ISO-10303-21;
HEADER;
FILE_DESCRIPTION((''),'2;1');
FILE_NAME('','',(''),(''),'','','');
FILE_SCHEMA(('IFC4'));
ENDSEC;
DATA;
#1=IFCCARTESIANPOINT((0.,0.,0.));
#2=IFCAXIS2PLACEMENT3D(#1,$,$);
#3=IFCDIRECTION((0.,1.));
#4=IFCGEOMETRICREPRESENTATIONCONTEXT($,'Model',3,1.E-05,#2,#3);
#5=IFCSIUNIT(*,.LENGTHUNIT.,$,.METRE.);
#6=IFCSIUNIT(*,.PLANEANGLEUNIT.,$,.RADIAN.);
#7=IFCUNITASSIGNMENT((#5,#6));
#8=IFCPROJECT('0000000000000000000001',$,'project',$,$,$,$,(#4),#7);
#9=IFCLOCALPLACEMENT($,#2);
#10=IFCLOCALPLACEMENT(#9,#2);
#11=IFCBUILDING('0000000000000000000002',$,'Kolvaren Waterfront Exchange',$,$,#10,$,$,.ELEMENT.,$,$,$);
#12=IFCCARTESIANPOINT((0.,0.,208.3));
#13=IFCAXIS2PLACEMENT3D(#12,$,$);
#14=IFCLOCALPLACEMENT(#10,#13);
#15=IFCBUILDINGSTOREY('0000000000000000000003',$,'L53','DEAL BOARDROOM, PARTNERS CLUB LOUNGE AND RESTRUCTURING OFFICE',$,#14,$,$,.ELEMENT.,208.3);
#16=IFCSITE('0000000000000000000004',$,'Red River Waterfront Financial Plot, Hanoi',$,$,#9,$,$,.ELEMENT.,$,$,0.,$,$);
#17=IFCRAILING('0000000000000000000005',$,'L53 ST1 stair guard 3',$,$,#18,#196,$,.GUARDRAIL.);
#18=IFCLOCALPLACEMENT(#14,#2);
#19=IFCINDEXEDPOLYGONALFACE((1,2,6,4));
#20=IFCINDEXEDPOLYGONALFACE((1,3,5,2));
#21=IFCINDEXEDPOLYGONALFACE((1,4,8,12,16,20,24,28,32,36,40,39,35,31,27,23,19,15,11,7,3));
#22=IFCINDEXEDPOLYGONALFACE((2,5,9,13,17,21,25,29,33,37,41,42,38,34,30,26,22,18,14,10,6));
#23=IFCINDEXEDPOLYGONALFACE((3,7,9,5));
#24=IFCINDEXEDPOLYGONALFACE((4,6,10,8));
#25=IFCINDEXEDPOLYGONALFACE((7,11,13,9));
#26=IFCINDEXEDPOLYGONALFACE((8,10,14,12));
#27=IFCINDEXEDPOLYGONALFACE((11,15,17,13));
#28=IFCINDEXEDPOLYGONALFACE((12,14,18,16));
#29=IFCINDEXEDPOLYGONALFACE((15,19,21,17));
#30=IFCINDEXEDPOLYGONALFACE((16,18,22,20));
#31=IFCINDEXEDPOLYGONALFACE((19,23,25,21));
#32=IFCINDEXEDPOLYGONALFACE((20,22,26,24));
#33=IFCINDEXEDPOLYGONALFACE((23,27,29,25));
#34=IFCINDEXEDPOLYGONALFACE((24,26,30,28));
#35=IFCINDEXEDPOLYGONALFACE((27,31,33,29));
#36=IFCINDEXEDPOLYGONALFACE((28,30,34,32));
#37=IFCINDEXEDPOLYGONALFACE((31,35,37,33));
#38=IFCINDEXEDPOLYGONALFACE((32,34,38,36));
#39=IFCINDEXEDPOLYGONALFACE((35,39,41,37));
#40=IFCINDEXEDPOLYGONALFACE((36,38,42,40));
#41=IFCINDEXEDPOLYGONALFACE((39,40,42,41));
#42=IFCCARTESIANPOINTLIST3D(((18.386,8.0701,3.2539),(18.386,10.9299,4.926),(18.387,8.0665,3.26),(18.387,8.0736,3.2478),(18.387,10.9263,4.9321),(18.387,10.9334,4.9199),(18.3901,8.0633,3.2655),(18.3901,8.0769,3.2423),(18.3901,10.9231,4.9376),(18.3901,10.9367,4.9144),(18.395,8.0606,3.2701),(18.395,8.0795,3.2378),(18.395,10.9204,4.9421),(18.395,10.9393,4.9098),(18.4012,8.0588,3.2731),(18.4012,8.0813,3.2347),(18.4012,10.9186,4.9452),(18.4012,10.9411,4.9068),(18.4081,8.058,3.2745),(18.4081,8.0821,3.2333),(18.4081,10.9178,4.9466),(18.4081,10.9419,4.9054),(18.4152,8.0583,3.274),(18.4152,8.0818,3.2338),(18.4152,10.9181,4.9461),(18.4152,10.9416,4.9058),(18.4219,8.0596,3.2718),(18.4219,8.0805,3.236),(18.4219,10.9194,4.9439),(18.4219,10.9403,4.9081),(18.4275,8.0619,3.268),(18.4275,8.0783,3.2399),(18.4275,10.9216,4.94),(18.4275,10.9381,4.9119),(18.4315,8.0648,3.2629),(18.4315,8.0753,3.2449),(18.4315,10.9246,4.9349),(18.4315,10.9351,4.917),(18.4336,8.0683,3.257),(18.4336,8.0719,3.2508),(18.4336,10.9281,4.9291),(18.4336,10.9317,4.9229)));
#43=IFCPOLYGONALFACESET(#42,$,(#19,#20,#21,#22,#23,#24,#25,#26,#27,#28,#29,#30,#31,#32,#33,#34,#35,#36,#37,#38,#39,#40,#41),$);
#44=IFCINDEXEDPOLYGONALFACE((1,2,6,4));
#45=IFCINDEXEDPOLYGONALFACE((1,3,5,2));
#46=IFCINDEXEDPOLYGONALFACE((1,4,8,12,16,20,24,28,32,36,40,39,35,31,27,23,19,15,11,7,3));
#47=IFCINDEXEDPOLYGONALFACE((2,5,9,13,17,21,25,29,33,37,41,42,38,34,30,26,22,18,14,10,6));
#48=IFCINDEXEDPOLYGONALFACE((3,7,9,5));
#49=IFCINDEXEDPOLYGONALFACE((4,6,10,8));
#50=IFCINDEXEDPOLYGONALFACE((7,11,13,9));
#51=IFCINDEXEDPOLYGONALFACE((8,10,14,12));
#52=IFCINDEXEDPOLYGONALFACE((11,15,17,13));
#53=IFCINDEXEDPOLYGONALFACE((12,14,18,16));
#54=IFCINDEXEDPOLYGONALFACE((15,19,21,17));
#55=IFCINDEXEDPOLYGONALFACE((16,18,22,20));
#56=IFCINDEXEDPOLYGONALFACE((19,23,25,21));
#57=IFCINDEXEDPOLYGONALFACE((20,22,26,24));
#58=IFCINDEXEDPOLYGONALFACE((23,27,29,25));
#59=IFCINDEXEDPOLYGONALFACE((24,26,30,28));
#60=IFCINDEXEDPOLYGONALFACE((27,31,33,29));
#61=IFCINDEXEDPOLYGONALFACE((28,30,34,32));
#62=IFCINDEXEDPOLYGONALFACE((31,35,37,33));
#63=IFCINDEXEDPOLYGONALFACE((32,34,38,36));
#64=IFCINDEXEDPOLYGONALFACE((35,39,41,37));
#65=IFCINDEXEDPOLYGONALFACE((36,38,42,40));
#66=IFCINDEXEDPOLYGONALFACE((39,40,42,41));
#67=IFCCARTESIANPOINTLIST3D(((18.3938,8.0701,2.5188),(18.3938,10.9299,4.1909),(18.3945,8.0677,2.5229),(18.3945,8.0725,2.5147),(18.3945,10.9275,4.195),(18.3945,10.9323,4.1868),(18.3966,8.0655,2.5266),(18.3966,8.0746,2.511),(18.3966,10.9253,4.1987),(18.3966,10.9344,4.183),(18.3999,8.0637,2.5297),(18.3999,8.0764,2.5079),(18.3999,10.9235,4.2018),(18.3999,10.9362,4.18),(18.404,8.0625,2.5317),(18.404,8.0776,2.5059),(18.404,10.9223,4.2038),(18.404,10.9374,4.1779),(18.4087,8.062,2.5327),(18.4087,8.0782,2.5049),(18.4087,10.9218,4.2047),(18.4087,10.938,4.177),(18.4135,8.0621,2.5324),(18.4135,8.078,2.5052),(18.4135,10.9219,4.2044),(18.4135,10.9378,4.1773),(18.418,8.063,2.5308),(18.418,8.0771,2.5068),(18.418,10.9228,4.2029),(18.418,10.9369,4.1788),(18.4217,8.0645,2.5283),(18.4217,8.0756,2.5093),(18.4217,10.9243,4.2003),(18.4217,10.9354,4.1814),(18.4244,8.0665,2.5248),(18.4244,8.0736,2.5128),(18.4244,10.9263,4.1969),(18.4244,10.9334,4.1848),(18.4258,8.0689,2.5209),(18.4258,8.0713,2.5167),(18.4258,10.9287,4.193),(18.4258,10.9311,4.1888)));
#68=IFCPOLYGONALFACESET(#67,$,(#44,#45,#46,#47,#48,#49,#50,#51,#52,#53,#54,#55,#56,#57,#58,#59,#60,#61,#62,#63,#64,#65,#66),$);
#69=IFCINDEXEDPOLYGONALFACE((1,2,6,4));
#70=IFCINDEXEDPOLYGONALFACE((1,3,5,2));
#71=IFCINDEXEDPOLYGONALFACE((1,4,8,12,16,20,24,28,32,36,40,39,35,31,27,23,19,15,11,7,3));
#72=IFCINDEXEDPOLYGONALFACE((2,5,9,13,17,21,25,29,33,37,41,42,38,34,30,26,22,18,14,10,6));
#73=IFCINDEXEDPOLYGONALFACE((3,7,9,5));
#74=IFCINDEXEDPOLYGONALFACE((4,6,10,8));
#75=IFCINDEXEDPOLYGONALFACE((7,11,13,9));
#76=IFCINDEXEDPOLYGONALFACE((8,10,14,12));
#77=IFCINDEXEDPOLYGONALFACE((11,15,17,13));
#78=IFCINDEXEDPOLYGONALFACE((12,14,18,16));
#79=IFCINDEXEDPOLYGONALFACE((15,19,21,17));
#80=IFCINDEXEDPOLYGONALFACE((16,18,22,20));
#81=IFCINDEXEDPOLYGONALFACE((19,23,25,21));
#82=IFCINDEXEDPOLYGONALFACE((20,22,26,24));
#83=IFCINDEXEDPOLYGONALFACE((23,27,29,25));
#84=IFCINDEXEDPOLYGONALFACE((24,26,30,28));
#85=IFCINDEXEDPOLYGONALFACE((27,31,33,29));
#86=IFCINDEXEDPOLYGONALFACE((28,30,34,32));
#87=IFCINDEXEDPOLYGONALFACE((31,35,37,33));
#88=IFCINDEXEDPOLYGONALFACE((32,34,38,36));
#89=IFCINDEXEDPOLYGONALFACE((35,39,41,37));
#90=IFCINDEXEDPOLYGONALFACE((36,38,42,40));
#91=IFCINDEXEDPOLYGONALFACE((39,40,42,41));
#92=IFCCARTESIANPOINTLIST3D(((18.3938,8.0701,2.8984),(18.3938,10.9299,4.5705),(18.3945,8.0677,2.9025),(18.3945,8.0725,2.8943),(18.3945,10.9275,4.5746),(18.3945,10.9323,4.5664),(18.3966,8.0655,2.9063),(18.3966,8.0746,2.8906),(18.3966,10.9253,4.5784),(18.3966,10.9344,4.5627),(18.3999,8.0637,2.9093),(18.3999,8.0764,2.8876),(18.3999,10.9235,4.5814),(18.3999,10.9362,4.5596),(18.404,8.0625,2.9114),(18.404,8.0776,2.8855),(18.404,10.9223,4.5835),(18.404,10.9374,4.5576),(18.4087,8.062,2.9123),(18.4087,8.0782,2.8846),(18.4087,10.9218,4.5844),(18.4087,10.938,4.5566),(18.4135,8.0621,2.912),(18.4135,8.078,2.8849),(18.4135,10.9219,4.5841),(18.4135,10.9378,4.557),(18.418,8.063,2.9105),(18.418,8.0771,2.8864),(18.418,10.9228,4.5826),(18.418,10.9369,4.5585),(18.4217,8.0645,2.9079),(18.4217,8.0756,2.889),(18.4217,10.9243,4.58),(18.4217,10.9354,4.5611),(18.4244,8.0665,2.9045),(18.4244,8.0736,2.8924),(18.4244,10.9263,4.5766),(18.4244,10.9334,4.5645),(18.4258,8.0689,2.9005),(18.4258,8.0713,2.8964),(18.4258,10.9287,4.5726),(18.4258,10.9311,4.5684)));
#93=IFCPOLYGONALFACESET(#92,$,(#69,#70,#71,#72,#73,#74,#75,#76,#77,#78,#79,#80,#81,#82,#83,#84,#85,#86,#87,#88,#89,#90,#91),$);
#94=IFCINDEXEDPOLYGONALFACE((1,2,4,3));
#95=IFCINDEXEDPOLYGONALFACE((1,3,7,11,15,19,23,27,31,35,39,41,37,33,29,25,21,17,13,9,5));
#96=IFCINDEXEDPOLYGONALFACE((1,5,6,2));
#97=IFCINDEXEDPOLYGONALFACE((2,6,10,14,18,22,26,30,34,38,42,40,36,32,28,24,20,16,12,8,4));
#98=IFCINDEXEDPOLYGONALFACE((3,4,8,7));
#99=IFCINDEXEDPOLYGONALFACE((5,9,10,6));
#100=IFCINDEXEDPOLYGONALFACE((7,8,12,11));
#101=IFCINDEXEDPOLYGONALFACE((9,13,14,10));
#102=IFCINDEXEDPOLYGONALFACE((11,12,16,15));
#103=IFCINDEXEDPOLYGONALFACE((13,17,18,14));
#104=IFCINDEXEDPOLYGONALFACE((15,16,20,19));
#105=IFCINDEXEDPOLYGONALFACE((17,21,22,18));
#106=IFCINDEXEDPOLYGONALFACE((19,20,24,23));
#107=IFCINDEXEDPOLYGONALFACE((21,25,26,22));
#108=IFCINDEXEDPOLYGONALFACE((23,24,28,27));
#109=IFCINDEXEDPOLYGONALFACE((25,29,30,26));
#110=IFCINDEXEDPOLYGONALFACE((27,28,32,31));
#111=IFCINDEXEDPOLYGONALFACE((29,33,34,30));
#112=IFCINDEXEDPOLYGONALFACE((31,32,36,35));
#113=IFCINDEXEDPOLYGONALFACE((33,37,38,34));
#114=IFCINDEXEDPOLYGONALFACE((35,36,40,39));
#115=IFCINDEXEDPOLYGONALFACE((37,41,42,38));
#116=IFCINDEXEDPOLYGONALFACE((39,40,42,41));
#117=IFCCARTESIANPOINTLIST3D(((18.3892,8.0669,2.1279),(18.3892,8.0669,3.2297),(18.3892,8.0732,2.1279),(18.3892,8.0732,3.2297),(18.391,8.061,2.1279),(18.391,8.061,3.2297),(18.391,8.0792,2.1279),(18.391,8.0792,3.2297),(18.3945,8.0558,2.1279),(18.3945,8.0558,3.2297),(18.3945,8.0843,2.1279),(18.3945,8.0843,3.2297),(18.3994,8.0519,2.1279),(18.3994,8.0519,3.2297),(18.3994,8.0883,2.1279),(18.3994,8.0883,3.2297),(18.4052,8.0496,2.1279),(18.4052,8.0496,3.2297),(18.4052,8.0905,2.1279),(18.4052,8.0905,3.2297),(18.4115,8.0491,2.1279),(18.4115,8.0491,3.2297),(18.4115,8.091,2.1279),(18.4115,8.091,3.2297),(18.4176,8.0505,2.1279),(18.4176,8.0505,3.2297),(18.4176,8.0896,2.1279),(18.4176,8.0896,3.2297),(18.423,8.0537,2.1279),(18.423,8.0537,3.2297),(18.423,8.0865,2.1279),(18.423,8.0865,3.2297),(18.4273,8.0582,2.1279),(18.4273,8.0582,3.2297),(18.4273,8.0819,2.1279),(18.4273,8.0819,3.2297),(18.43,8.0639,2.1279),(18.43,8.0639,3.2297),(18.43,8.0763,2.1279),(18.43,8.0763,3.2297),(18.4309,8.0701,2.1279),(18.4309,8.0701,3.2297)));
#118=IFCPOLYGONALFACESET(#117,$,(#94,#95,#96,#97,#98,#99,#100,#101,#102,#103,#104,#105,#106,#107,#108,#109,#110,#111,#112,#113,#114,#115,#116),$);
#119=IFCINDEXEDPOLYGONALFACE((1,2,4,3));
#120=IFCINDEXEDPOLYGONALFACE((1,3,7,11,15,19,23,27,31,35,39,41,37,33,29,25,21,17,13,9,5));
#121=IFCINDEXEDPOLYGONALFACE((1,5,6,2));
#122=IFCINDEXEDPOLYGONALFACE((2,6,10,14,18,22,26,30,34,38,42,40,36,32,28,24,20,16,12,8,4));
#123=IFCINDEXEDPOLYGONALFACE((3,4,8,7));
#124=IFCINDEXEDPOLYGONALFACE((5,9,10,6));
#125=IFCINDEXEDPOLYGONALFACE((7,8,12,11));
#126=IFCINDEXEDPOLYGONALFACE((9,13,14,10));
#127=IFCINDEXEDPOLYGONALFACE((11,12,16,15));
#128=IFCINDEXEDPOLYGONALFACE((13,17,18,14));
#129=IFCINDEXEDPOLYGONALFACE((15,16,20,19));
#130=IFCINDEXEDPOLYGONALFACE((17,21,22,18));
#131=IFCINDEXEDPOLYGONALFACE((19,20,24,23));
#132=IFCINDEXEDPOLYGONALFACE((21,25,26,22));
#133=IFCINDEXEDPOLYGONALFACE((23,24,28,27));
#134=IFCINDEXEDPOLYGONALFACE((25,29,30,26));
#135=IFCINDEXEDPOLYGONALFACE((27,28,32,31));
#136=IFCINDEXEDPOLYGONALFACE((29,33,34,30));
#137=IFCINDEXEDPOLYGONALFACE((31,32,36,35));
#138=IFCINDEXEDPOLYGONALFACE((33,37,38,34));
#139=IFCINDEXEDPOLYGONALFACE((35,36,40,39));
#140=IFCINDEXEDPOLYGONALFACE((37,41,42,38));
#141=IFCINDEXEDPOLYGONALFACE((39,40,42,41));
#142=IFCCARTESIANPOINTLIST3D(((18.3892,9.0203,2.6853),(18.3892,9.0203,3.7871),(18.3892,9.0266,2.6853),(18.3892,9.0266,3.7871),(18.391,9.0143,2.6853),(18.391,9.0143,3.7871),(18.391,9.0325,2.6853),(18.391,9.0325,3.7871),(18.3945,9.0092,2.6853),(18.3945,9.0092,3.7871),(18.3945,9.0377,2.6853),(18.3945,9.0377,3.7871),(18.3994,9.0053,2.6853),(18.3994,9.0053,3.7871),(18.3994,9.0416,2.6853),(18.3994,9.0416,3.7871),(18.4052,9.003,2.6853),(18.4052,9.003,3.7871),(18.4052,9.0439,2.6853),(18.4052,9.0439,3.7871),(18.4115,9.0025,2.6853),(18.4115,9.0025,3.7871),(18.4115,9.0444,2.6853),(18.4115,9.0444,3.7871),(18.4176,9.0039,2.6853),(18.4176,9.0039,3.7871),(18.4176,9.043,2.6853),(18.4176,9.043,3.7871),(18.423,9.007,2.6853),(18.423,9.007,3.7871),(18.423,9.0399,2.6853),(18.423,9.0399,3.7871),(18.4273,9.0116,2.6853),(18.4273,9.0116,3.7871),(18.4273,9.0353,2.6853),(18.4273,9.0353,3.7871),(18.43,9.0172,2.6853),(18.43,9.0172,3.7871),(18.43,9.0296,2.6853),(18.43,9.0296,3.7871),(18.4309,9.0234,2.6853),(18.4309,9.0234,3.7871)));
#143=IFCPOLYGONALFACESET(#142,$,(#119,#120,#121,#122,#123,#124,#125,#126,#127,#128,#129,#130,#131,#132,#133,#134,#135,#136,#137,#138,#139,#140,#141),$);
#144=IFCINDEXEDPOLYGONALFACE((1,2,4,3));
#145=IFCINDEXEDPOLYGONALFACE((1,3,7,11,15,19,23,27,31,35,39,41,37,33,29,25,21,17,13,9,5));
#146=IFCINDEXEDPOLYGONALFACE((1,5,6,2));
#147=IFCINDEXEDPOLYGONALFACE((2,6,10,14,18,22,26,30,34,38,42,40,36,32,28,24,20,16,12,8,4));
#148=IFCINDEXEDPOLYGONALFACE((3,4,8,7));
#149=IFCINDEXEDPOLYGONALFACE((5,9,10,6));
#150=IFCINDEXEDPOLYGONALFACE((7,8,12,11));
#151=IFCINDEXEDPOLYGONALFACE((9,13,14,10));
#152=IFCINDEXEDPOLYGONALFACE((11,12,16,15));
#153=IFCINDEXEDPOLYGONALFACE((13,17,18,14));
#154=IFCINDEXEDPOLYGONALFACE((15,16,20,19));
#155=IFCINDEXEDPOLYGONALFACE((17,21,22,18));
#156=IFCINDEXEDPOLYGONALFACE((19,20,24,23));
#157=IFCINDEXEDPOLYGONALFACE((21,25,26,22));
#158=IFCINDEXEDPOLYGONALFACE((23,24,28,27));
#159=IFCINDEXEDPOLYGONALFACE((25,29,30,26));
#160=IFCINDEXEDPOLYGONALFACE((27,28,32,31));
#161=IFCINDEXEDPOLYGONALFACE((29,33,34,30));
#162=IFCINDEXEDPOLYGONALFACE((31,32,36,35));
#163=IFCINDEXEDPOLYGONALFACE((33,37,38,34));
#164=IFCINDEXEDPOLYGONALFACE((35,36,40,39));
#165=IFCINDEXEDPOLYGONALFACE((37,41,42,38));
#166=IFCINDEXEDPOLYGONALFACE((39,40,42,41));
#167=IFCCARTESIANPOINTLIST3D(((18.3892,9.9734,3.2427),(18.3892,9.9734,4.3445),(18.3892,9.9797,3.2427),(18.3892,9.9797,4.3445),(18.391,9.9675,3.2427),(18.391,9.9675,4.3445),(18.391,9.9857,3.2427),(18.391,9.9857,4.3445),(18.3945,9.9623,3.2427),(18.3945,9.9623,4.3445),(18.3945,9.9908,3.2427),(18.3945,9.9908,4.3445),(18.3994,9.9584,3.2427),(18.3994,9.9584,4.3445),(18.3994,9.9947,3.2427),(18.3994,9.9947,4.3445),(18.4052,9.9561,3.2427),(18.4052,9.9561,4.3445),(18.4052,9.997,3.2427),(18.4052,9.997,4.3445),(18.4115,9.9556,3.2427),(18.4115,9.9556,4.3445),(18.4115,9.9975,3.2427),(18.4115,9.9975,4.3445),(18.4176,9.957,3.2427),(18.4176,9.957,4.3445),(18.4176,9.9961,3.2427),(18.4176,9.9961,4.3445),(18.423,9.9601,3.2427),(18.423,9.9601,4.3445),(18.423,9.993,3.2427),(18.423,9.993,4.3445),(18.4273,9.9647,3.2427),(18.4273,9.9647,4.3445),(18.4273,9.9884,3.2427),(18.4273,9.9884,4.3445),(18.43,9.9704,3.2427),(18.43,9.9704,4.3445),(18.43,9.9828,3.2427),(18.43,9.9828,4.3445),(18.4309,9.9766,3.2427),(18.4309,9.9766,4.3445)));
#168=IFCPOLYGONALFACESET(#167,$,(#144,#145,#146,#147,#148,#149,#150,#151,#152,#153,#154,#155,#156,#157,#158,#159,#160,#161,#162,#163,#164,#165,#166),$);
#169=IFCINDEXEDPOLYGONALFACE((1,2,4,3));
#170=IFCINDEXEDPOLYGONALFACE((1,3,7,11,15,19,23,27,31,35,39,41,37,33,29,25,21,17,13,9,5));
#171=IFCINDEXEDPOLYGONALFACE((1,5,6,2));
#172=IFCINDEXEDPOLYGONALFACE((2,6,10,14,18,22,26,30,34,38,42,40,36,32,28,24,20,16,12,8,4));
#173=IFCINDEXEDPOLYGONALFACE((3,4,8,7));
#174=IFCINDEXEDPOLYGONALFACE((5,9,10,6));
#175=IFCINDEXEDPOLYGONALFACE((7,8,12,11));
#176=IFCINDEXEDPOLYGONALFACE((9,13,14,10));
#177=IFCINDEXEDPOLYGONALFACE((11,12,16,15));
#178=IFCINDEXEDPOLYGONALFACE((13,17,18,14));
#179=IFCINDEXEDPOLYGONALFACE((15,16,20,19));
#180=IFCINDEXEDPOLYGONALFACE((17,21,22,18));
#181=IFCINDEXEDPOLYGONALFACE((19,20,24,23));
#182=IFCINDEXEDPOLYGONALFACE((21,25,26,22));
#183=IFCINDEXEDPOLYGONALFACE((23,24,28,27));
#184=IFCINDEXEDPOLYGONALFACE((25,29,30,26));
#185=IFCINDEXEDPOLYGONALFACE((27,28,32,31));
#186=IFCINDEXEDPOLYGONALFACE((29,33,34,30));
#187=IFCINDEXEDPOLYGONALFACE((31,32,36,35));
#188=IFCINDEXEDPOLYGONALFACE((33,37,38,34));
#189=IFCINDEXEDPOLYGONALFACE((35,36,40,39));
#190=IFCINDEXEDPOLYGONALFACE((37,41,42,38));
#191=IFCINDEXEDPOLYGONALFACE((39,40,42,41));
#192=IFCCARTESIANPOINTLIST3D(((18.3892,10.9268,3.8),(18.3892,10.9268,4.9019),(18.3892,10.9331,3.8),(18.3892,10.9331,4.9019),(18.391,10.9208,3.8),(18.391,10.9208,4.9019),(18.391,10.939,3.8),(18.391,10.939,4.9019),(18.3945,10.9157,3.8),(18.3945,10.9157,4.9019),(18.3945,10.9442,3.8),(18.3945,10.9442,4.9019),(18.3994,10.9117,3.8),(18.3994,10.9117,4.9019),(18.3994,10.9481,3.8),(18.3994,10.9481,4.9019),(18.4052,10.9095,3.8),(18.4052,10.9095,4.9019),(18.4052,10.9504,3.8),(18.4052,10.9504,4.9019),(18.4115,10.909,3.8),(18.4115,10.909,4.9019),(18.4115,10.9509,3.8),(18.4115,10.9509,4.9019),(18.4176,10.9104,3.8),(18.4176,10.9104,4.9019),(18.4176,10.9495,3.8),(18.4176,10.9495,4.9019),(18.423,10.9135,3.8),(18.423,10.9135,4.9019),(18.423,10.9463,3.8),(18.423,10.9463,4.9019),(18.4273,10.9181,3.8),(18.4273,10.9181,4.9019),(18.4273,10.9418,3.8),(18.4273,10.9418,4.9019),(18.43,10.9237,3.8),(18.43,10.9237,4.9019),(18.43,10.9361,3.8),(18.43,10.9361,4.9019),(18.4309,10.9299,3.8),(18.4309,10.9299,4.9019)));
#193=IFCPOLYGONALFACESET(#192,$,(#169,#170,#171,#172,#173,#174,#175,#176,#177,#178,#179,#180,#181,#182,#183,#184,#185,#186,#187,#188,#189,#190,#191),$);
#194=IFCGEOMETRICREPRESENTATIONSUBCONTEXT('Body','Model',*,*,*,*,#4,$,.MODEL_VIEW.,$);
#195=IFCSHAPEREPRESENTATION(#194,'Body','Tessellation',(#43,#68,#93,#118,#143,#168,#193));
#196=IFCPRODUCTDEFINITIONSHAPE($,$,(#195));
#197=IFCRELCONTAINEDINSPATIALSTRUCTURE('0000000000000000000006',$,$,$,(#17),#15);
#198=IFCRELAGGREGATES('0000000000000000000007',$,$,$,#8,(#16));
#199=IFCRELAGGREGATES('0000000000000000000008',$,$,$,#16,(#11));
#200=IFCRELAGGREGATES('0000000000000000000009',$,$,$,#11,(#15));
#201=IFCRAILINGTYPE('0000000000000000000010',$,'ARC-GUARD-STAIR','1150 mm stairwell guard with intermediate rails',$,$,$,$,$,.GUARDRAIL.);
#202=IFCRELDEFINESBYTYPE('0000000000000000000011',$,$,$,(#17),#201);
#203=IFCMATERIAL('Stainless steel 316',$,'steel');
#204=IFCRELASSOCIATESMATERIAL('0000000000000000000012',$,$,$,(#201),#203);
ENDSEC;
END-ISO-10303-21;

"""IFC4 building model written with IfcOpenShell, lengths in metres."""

from ifc_helpers import new_model, si_unit, direction, frame, origin, origin_2d, place, context, subcontext, project, spatial, circle, extrude, material, type_object, element, save


model = new_model("IFC4")

# Units and contexts
model_context = context("Model", 3, precision=1e-05, world=origin(), true_north=direction((0.0, 1.0)))
body_context = subcontext(model_context, "Body", "Model", "MODEL_VIEW")
ifc_project = project(units=[si_unit("LENGTHUNIT", "METRE"), si_unit("PLANEANGLEUNIT", "RADIAN")], contexts=[model_context])

# Site, building, storey
site_placement = place(None, origin())
site = spatial("IfcSite", under=ifc_project, at=site_placement, Name="Red River Waterfront Financial Plot, Hanoi", CompositionType="ELEMENT", RefElevation=0.0)
building_placement = place(site_placement, origin())
building = spatial("IfcBuilding", under=site, at=building_placement, Name="Kolvaren Waterfront Exchange", CompositionType="ELEMENT")
storey_placement = place(building_placement, frame((0.0, 0.0, 208.3)))
storey = spatial("IfcBuildingStorey", under=building, at=storey_placement, Name="L53", Description="DEAL BOARDROOM, PARTNERS CLUB LOUNGE AND RESTRUCTURING OFFICE", CompositionType="ELEMENT", Elevation=208.3)

# Railing
ifc_material_1 = material(Name="Stainless steel 316", Category="steel")
railing_type_1 = type_object("IfcRailingType", Name="ARC-GUARD-STAIR", Description="1150 mm stairwell guard with intermediate rails", PredefinedType="GUARDRAIL", material=ifc_material_1)
railing_1_placement = place(storey_placement, frame((18.4099, 8.0701, 2.1279)))
element("IfcRailing", 1, at=railing_1_placement, inside=storey, type_object=railing_type_1, Name="L53 ST1 stair guard 3", PredefinedType="GUARDRAIL", context=body_context, shape_type="SweptSolid", body=[
    extrude(circle(Radius=0.0239, at=origin_2d()), frame((0.0, 0.0, 1.126), z_axis=(0.0, 0.863271, 0.504741), x_axis=(-1.0, 0.0, 0.0)), (0.0, 0.0, 1.0), 3.3127),
    extrude(circle(Radius=0.0161, at=origin_2d()), frame((0.0, 0.0, 0.3909), z_axis=(0.0, 0.863271, 0.504741), x_axis=(-1.0, 0.0, 0.0)), (0.0, 0.0, 1.0), 3.3127),
    extrude(circle(Radius=0.0161, at=origin_2d()), frame((0.0, 0.0, 0.7705), z_axis=(0.0, 0.863271, 0.504741), x_axis=(-1.0, 0.0, 0.0)), (0.0, 0.0, 1.0), 3.3127),
    extrude(circle(Radius=0.021, at=origin_2d()), origin(), (0.0, 0.0, 1.0), 1.1018),
    extrude(circle(Radius=0.021, at=origin_2d()), frame((0.0, 0.9534, 0.5574)), (0.0, 0.0, 1.0), 1.1018),
    extrude(circle(Radius=0.021, at=origin_2d()), frame((0.0, 1.9065, 1.1147)), (0.0, 0.0, 1.0), 1.1018),
    extrude(circle(Radius=0.021, at=origin_2d()), frame((0.0, 2.8599, 1.6721)), (0.0, 0.0, 1.0), 1.1018),
])

save(model, "model.ifc")
